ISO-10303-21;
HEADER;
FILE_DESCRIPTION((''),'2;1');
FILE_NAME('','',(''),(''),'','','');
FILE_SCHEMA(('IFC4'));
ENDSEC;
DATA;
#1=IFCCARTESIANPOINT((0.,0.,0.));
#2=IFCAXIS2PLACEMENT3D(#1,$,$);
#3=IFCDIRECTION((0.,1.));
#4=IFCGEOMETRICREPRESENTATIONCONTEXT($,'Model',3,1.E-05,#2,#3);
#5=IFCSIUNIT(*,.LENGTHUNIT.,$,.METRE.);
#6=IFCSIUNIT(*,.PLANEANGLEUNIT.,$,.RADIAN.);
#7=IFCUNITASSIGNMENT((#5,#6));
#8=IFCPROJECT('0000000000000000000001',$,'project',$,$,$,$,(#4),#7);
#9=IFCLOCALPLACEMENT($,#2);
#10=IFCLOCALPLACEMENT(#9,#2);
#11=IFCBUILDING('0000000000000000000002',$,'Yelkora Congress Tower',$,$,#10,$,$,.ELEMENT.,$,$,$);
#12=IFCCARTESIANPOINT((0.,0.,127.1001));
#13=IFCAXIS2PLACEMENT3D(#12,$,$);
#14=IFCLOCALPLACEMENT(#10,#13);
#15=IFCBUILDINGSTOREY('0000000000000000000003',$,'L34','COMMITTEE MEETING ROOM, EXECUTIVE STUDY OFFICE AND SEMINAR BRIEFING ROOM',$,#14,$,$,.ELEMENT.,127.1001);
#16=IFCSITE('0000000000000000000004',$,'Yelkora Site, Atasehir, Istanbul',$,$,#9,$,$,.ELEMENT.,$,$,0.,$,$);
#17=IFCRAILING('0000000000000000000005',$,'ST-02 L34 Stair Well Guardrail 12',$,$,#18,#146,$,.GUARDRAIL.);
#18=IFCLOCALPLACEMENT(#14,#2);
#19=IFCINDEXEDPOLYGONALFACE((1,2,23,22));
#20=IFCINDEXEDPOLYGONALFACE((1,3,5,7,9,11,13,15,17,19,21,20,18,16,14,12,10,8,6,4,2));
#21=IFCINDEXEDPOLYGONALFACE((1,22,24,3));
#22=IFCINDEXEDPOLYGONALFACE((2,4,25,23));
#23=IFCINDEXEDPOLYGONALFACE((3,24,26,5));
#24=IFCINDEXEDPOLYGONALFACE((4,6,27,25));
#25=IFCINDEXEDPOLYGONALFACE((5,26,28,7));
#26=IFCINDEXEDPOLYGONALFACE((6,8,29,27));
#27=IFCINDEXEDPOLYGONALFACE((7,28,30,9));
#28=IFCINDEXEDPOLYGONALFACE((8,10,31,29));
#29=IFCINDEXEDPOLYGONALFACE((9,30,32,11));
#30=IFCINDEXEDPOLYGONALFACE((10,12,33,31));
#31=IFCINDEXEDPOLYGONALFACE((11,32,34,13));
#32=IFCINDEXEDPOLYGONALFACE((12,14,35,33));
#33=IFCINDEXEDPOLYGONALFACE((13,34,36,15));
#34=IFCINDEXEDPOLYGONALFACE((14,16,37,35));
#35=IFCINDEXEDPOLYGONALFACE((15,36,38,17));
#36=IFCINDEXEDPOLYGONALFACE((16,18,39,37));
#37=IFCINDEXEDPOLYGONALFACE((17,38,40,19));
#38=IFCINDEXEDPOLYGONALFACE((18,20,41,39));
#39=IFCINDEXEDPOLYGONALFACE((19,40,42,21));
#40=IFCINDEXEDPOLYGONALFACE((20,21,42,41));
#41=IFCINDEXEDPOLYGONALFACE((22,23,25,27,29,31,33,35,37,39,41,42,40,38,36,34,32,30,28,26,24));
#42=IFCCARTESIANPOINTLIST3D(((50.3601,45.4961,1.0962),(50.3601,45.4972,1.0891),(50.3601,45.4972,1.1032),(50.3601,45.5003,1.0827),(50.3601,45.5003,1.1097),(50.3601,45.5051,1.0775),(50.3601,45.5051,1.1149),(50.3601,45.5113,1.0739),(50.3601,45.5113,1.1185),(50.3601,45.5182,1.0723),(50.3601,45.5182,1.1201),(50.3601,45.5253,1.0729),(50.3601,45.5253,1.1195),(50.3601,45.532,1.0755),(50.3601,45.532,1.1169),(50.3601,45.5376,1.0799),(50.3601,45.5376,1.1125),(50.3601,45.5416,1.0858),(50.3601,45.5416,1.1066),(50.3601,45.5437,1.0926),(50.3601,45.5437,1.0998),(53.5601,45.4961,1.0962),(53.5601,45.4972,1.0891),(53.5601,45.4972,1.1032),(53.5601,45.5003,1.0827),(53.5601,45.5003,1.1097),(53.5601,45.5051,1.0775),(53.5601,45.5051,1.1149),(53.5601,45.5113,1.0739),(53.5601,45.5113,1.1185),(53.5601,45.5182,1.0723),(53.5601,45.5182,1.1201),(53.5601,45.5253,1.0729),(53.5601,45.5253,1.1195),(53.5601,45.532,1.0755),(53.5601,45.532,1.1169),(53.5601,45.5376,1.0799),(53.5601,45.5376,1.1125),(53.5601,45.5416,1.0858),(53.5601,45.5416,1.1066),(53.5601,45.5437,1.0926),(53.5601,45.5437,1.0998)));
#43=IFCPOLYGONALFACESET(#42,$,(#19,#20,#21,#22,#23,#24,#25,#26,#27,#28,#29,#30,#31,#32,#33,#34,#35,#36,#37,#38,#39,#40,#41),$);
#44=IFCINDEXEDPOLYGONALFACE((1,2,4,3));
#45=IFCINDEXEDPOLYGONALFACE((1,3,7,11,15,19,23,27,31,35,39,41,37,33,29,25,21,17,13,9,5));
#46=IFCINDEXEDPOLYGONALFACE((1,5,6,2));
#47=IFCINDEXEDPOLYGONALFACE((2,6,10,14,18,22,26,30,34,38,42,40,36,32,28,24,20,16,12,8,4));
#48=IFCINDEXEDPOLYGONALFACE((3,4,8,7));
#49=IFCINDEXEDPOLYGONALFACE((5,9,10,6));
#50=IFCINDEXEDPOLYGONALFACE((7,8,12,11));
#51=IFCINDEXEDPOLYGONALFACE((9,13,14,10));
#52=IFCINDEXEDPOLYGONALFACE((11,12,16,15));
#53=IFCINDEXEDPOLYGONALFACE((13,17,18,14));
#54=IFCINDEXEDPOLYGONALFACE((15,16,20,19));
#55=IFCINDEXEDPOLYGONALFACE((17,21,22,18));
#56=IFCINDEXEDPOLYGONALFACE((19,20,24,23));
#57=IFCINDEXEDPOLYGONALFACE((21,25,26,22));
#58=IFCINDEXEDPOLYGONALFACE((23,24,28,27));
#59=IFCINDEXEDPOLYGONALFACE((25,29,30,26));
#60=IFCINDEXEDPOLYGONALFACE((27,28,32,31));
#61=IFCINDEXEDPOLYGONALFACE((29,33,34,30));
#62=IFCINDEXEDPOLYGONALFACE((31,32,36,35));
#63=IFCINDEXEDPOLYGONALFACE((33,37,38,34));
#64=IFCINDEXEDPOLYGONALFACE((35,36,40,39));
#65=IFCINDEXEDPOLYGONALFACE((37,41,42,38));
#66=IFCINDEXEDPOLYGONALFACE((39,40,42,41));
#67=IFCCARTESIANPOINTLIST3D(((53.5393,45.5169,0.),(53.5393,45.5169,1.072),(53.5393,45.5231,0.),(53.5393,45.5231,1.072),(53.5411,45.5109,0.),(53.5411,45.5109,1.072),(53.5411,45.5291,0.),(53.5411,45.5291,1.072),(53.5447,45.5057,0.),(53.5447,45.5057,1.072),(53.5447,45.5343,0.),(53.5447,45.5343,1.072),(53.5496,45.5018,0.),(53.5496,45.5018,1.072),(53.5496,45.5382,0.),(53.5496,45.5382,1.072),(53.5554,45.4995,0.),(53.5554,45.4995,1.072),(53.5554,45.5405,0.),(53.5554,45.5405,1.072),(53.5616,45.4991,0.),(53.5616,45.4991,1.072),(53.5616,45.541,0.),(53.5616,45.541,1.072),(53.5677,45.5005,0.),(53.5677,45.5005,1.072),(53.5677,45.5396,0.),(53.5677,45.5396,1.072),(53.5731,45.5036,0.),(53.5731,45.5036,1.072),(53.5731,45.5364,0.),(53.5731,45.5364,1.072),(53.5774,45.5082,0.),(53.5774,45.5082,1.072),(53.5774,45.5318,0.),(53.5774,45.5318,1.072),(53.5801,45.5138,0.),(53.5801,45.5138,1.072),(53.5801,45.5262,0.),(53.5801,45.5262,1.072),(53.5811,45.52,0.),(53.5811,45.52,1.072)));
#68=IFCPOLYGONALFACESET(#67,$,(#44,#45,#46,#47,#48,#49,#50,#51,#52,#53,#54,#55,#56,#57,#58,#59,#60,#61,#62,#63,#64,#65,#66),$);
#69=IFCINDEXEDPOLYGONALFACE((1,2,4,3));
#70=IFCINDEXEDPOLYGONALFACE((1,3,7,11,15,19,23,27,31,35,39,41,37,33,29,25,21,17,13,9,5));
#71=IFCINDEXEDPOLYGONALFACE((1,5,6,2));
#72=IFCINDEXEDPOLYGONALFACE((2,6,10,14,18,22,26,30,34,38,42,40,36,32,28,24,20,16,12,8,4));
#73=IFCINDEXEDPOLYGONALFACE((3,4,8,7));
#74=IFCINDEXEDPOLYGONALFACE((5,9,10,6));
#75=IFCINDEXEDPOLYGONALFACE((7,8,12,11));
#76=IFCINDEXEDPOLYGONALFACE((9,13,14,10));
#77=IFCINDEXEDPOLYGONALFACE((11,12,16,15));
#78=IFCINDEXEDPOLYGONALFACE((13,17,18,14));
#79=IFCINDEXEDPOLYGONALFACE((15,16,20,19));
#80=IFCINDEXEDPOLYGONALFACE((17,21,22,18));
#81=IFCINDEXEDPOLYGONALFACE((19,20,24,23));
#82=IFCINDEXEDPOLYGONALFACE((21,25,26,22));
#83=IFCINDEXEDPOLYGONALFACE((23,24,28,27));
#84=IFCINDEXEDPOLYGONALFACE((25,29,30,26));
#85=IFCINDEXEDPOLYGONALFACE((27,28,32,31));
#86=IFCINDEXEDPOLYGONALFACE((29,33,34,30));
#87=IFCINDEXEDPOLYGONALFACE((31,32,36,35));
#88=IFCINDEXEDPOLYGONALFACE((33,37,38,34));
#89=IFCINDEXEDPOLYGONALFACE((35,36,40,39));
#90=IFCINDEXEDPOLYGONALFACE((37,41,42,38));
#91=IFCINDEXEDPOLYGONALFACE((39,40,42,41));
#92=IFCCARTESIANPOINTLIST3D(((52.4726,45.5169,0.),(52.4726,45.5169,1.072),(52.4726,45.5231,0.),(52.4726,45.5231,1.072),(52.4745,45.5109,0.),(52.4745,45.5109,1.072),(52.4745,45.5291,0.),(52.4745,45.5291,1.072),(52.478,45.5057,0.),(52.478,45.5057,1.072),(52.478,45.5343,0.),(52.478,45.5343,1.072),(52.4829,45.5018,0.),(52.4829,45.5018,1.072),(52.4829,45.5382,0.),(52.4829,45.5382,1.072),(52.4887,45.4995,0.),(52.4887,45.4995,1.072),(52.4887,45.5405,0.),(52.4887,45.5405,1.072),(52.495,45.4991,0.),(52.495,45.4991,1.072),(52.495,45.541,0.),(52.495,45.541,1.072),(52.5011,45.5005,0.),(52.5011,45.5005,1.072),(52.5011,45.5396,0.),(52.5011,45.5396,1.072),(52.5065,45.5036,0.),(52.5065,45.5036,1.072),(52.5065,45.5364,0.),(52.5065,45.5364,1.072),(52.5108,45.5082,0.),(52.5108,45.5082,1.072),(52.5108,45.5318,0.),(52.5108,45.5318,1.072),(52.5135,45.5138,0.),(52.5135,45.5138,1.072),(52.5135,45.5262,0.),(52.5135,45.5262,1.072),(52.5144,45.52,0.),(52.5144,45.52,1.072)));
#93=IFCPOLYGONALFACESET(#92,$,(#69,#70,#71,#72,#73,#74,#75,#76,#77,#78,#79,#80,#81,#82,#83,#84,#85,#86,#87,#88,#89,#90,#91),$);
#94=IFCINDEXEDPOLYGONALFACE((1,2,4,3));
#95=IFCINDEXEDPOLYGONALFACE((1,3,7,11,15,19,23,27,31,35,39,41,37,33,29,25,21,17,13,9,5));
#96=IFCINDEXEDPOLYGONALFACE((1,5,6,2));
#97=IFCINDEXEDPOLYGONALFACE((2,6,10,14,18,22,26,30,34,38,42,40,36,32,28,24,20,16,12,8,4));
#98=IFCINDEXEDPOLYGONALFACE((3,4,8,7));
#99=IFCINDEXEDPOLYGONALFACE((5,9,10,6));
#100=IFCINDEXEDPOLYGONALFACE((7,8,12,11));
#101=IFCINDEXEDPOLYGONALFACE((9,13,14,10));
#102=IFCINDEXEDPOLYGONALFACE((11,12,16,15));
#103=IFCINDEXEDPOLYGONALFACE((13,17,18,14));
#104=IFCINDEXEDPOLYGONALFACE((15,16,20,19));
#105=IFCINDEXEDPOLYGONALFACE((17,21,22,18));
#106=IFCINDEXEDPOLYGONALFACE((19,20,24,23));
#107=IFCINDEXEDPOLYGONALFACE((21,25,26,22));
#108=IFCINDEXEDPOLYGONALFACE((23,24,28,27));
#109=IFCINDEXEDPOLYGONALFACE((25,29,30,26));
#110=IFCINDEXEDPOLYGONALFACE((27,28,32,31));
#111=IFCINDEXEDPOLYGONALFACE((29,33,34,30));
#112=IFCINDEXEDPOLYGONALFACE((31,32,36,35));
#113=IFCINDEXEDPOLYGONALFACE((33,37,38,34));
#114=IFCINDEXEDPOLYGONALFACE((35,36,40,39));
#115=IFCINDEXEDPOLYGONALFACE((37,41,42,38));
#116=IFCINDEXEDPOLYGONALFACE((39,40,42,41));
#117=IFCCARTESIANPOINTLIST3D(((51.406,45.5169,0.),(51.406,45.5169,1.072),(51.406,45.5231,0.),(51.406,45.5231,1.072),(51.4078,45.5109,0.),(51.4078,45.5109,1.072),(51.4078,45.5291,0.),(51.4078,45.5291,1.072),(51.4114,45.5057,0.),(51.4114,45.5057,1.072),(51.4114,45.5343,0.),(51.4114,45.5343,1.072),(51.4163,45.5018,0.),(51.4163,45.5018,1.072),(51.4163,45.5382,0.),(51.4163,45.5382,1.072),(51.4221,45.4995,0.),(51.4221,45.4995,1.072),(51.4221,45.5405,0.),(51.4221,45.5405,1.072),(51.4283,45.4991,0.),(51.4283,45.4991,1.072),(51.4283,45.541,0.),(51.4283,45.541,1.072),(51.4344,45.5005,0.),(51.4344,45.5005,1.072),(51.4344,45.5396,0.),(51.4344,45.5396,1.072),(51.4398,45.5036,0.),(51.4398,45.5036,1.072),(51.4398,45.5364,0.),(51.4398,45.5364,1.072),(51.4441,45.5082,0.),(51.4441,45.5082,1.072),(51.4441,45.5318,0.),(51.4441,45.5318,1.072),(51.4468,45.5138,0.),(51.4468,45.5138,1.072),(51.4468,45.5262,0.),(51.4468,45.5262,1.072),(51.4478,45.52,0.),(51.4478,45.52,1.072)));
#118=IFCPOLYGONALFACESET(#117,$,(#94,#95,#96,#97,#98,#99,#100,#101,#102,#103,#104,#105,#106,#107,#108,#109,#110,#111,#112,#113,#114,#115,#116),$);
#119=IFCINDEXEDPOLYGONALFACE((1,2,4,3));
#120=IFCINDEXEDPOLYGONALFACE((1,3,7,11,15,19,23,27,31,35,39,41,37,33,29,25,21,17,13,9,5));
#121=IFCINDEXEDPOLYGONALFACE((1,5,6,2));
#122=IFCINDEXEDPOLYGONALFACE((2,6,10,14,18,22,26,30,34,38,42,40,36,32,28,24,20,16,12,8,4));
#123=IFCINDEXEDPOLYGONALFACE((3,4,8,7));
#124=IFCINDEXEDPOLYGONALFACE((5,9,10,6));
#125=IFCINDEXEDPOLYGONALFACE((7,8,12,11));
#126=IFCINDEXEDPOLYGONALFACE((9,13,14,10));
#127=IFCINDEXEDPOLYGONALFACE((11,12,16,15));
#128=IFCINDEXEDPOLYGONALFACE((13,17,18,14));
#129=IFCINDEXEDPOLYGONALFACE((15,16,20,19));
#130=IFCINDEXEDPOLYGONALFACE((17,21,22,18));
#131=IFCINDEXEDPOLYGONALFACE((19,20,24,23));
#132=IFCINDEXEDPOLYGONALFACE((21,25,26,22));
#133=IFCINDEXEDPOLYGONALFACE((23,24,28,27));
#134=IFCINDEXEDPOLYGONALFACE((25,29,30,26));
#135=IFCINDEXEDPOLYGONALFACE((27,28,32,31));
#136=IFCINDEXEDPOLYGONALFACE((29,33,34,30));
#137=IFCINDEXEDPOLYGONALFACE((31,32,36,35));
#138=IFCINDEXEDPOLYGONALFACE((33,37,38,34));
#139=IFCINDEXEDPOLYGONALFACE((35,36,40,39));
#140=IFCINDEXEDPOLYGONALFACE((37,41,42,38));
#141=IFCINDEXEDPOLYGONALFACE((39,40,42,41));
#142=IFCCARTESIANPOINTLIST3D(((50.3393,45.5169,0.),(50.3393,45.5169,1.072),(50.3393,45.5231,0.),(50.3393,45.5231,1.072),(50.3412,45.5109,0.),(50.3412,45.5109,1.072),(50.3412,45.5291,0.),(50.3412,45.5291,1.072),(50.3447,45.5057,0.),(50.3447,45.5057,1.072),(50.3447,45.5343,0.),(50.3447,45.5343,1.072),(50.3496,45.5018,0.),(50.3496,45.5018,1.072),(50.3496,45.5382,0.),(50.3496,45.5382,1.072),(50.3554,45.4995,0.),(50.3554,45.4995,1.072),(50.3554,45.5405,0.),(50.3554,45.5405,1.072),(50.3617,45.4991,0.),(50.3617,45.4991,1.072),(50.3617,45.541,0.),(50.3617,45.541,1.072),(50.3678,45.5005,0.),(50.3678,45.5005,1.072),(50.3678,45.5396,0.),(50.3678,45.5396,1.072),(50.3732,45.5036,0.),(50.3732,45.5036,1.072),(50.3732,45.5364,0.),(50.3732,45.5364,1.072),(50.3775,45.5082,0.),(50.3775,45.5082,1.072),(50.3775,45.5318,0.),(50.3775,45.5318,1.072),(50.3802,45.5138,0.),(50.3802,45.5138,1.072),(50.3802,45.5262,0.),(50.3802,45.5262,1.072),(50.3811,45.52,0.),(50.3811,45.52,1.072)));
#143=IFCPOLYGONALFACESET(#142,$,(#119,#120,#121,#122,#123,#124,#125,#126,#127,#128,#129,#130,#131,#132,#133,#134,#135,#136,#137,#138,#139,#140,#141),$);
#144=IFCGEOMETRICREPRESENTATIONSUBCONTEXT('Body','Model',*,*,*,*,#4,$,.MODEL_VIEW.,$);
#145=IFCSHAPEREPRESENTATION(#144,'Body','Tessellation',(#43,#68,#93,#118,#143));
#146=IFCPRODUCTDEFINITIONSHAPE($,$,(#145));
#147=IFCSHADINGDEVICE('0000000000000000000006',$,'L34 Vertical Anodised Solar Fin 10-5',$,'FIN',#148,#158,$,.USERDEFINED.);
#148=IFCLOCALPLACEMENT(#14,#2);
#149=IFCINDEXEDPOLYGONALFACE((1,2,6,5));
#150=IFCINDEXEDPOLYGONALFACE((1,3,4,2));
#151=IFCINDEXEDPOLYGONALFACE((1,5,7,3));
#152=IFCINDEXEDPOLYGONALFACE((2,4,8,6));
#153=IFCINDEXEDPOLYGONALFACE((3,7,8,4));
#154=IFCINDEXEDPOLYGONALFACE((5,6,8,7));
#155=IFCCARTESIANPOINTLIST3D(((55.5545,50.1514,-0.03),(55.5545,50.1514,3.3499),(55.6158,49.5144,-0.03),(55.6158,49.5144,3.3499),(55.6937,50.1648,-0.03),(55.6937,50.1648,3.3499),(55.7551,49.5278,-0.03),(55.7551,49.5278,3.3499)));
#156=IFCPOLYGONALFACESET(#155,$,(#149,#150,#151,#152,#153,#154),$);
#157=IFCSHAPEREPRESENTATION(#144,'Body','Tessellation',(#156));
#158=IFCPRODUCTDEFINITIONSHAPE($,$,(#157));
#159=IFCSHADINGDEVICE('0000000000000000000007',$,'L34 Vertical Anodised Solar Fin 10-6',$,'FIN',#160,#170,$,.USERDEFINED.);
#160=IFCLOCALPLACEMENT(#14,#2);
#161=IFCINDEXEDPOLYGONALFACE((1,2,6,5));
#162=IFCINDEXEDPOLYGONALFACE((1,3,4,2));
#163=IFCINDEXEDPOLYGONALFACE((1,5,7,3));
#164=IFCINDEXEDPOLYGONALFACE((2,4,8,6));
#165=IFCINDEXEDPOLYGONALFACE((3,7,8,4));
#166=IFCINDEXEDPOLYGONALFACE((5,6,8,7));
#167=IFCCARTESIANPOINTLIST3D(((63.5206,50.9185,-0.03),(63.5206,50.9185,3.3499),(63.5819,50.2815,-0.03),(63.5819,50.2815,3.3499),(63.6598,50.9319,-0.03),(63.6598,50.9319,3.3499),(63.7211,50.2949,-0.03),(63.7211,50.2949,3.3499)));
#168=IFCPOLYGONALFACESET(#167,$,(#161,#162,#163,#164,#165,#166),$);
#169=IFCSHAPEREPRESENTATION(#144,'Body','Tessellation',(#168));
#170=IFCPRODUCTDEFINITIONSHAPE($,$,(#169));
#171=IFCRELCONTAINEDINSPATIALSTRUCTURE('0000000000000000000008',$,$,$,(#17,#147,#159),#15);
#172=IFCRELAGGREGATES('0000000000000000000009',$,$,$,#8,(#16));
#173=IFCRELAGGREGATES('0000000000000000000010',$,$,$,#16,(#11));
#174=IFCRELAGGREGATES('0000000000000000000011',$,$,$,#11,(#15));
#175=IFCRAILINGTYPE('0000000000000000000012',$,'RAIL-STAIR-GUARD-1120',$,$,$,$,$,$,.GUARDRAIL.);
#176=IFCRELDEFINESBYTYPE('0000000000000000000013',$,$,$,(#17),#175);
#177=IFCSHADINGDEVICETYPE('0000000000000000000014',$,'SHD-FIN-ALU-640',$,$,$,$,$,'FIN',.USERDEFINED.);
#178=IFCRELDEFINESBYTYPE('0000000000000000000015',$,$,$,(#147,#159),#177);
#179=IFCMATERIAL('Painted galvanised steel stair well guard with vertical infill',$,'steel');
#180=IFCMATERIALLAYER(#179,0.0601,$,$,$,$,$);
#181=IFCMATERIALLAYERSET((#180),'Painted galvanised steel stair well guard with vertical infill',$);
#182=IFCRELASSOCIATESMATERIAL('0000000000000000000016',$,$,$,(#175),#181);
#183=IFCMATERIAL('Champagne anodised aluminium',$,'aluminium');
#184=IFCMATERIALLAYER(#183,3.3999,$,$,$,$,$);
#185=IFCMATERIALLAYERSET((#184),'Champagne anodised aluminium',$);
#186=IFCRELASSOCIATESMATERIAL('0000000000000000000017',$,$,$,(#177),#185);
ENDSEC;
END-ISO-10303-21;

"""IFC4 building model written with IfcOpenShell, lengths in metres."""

from ifc_helpers import new_model, si_unit, direction, frame, origin, origin_2d, place, context, subcontext, project, spatial, rectangle, circle, extrude, material, layer, layer_set, type_object, element, save


model = new_model("IFC4")

# Units and contexts
model_context = context("Model", 3, precision=1e-05, world=origin(), true_north=direction((0.0, 1.0)))
body_context = subcontext(model_context, "Body", "Model", "MODEL_VIEW")
ifc_project = project(units=[si_unit("LENGTHUNIT", "METRE"), si_unit("PLANEANGLEUNIT", "RADIAN")], contexts=[model_context])

# Site, building, storey
site_placement = place(None, origin())
site = spatial("IfcSite", under=ifc_project, at=site_placement, Name="Yelkora Site, Atasehir, Istanbul", CompositionType="ELEMENT", RefElevation=0.0)
building_placement = place(site_placement, origin())
building = spatial("IfcBuilding", under=site, at=building_placement, Name="Yelkora Congress Tower", CompositionType="ELEMENT")
storey_placement = place(building_placement, frame((0.0, 0.0, 127.1001)))
storey = spatial("IfcBuildingStorey", under=building, at=storey_placement, Name="L34", Description="COMMITTEE MEETING ROOM, EXECUTIVE STUDY OFFICE AND SEMINAR BRIEFING ROOM", CompositionType="ELEMENT", Elevation=127.1001)

# Railing
ifc_material_1 = material(Name="Painted galvanised steel stair well guard with vertical infill", Category="steel")
ifc_layer_1 = layer(ifc_material_1, 0.0601)
ifc_layer_set_1 = layer_set([ifc_layer_1], Name="Painted galvanised steel stair well guard with vertical infill")
railing_type = type_object("IfcRailingType", Name="RAIL-STAIR-GUARD-1120", PredefinedType="GUARDRAIL", material=ifc_layer_set_1)
railing_1_placement = place(storey_placement, frame((53.5601, 45.52, 0.0)))
element("IfcRailing", 1, at=railing_1_placement, inside=storey, type_object=railing_type, Name="ST-02 L34 Stair Well Guardrail 12", PredefinedType="GUARDRAIL", context=body_context, shape_type="SweptSolid", body=[
    extrude(circle(Radius=0.0239, at=origin_2d()), frame((0.0, 0.0, 1.0962), z_axis=(-1.0, 0.0, 0.0), x_axis=(0.0, -1.0, 0.0)), (0.0, 0.0, 1.0), 3.2),
    extrude(circle(Radius=0.021, at=origin_2d()), origin(), (0.0, 0.0, 1.0), 1.072),
    extrude(circle(Radius=0.021, at=origin_2d()), frame((-1.0667, 0.0, 0.0)), (0.0, 0.0, 1.0), 1.072),
    extrude(circle(Radius=0.021, at=origin_2d()), frame((-2.1333, 0.0, 0.0)), (0.0, 0.0, 1.0), 1.072),
    extrude(circle(Radius=0.021, at=origin_2d()), frame((-3.2, 0.0, 0.0)), (0.0, 0.0, 1.0), 1.072),
])

# Shading devices
ifc_material_2 = material(Name="Champagne anodised aluminium", Category="aluminium")
ifc_layer_2 = layer(ifc_material_2, 3.3999)
ifc_layer_set_2 = layer_set([ifc_layer_2], Name="Champagne anodised aluminium")
shading_device_type = type_object("IfcShadingDeviceType", Name="SHD-FIN-ALU-640", ElementType="FIN", PredefinedType="USERDEFINED", material=ifc_layer_set_2)
for number, where, z_axis, x_axis, name in (
    (2, (55.6548, 49.8396, -0.03), (0.0, 0.0, 1.0), (0.995396, 0.095846, 0.0), "L34 Vertical Anodised Solar Fin 10-5"),
    (3, (63.6208, 50.6067, -0.03), (0.0, 0.0, 1.0), (0.995396, 0.095846, 0.0), "L34 Vertical Anodised Solar Fin 10-6"),
):
    element("IfcShadingDevice", number, at=place(storey_placement, frame(where, z_axis=z_axis, x_axis=x_axis)), inside=storey, type_object=shading_device_type, Name=name, ObjectType="FIN", PredefinedType="USERDEFINED", context=body_context, shape_type="SweptSolid", body=[
        extrude(rectangle(XDim=0.1399, YDim=0.6399, at=origin_2d()), origin(), (0.0, 0.0, 1.0), 3.3799),
    ])

save(model, "model.ifc")
